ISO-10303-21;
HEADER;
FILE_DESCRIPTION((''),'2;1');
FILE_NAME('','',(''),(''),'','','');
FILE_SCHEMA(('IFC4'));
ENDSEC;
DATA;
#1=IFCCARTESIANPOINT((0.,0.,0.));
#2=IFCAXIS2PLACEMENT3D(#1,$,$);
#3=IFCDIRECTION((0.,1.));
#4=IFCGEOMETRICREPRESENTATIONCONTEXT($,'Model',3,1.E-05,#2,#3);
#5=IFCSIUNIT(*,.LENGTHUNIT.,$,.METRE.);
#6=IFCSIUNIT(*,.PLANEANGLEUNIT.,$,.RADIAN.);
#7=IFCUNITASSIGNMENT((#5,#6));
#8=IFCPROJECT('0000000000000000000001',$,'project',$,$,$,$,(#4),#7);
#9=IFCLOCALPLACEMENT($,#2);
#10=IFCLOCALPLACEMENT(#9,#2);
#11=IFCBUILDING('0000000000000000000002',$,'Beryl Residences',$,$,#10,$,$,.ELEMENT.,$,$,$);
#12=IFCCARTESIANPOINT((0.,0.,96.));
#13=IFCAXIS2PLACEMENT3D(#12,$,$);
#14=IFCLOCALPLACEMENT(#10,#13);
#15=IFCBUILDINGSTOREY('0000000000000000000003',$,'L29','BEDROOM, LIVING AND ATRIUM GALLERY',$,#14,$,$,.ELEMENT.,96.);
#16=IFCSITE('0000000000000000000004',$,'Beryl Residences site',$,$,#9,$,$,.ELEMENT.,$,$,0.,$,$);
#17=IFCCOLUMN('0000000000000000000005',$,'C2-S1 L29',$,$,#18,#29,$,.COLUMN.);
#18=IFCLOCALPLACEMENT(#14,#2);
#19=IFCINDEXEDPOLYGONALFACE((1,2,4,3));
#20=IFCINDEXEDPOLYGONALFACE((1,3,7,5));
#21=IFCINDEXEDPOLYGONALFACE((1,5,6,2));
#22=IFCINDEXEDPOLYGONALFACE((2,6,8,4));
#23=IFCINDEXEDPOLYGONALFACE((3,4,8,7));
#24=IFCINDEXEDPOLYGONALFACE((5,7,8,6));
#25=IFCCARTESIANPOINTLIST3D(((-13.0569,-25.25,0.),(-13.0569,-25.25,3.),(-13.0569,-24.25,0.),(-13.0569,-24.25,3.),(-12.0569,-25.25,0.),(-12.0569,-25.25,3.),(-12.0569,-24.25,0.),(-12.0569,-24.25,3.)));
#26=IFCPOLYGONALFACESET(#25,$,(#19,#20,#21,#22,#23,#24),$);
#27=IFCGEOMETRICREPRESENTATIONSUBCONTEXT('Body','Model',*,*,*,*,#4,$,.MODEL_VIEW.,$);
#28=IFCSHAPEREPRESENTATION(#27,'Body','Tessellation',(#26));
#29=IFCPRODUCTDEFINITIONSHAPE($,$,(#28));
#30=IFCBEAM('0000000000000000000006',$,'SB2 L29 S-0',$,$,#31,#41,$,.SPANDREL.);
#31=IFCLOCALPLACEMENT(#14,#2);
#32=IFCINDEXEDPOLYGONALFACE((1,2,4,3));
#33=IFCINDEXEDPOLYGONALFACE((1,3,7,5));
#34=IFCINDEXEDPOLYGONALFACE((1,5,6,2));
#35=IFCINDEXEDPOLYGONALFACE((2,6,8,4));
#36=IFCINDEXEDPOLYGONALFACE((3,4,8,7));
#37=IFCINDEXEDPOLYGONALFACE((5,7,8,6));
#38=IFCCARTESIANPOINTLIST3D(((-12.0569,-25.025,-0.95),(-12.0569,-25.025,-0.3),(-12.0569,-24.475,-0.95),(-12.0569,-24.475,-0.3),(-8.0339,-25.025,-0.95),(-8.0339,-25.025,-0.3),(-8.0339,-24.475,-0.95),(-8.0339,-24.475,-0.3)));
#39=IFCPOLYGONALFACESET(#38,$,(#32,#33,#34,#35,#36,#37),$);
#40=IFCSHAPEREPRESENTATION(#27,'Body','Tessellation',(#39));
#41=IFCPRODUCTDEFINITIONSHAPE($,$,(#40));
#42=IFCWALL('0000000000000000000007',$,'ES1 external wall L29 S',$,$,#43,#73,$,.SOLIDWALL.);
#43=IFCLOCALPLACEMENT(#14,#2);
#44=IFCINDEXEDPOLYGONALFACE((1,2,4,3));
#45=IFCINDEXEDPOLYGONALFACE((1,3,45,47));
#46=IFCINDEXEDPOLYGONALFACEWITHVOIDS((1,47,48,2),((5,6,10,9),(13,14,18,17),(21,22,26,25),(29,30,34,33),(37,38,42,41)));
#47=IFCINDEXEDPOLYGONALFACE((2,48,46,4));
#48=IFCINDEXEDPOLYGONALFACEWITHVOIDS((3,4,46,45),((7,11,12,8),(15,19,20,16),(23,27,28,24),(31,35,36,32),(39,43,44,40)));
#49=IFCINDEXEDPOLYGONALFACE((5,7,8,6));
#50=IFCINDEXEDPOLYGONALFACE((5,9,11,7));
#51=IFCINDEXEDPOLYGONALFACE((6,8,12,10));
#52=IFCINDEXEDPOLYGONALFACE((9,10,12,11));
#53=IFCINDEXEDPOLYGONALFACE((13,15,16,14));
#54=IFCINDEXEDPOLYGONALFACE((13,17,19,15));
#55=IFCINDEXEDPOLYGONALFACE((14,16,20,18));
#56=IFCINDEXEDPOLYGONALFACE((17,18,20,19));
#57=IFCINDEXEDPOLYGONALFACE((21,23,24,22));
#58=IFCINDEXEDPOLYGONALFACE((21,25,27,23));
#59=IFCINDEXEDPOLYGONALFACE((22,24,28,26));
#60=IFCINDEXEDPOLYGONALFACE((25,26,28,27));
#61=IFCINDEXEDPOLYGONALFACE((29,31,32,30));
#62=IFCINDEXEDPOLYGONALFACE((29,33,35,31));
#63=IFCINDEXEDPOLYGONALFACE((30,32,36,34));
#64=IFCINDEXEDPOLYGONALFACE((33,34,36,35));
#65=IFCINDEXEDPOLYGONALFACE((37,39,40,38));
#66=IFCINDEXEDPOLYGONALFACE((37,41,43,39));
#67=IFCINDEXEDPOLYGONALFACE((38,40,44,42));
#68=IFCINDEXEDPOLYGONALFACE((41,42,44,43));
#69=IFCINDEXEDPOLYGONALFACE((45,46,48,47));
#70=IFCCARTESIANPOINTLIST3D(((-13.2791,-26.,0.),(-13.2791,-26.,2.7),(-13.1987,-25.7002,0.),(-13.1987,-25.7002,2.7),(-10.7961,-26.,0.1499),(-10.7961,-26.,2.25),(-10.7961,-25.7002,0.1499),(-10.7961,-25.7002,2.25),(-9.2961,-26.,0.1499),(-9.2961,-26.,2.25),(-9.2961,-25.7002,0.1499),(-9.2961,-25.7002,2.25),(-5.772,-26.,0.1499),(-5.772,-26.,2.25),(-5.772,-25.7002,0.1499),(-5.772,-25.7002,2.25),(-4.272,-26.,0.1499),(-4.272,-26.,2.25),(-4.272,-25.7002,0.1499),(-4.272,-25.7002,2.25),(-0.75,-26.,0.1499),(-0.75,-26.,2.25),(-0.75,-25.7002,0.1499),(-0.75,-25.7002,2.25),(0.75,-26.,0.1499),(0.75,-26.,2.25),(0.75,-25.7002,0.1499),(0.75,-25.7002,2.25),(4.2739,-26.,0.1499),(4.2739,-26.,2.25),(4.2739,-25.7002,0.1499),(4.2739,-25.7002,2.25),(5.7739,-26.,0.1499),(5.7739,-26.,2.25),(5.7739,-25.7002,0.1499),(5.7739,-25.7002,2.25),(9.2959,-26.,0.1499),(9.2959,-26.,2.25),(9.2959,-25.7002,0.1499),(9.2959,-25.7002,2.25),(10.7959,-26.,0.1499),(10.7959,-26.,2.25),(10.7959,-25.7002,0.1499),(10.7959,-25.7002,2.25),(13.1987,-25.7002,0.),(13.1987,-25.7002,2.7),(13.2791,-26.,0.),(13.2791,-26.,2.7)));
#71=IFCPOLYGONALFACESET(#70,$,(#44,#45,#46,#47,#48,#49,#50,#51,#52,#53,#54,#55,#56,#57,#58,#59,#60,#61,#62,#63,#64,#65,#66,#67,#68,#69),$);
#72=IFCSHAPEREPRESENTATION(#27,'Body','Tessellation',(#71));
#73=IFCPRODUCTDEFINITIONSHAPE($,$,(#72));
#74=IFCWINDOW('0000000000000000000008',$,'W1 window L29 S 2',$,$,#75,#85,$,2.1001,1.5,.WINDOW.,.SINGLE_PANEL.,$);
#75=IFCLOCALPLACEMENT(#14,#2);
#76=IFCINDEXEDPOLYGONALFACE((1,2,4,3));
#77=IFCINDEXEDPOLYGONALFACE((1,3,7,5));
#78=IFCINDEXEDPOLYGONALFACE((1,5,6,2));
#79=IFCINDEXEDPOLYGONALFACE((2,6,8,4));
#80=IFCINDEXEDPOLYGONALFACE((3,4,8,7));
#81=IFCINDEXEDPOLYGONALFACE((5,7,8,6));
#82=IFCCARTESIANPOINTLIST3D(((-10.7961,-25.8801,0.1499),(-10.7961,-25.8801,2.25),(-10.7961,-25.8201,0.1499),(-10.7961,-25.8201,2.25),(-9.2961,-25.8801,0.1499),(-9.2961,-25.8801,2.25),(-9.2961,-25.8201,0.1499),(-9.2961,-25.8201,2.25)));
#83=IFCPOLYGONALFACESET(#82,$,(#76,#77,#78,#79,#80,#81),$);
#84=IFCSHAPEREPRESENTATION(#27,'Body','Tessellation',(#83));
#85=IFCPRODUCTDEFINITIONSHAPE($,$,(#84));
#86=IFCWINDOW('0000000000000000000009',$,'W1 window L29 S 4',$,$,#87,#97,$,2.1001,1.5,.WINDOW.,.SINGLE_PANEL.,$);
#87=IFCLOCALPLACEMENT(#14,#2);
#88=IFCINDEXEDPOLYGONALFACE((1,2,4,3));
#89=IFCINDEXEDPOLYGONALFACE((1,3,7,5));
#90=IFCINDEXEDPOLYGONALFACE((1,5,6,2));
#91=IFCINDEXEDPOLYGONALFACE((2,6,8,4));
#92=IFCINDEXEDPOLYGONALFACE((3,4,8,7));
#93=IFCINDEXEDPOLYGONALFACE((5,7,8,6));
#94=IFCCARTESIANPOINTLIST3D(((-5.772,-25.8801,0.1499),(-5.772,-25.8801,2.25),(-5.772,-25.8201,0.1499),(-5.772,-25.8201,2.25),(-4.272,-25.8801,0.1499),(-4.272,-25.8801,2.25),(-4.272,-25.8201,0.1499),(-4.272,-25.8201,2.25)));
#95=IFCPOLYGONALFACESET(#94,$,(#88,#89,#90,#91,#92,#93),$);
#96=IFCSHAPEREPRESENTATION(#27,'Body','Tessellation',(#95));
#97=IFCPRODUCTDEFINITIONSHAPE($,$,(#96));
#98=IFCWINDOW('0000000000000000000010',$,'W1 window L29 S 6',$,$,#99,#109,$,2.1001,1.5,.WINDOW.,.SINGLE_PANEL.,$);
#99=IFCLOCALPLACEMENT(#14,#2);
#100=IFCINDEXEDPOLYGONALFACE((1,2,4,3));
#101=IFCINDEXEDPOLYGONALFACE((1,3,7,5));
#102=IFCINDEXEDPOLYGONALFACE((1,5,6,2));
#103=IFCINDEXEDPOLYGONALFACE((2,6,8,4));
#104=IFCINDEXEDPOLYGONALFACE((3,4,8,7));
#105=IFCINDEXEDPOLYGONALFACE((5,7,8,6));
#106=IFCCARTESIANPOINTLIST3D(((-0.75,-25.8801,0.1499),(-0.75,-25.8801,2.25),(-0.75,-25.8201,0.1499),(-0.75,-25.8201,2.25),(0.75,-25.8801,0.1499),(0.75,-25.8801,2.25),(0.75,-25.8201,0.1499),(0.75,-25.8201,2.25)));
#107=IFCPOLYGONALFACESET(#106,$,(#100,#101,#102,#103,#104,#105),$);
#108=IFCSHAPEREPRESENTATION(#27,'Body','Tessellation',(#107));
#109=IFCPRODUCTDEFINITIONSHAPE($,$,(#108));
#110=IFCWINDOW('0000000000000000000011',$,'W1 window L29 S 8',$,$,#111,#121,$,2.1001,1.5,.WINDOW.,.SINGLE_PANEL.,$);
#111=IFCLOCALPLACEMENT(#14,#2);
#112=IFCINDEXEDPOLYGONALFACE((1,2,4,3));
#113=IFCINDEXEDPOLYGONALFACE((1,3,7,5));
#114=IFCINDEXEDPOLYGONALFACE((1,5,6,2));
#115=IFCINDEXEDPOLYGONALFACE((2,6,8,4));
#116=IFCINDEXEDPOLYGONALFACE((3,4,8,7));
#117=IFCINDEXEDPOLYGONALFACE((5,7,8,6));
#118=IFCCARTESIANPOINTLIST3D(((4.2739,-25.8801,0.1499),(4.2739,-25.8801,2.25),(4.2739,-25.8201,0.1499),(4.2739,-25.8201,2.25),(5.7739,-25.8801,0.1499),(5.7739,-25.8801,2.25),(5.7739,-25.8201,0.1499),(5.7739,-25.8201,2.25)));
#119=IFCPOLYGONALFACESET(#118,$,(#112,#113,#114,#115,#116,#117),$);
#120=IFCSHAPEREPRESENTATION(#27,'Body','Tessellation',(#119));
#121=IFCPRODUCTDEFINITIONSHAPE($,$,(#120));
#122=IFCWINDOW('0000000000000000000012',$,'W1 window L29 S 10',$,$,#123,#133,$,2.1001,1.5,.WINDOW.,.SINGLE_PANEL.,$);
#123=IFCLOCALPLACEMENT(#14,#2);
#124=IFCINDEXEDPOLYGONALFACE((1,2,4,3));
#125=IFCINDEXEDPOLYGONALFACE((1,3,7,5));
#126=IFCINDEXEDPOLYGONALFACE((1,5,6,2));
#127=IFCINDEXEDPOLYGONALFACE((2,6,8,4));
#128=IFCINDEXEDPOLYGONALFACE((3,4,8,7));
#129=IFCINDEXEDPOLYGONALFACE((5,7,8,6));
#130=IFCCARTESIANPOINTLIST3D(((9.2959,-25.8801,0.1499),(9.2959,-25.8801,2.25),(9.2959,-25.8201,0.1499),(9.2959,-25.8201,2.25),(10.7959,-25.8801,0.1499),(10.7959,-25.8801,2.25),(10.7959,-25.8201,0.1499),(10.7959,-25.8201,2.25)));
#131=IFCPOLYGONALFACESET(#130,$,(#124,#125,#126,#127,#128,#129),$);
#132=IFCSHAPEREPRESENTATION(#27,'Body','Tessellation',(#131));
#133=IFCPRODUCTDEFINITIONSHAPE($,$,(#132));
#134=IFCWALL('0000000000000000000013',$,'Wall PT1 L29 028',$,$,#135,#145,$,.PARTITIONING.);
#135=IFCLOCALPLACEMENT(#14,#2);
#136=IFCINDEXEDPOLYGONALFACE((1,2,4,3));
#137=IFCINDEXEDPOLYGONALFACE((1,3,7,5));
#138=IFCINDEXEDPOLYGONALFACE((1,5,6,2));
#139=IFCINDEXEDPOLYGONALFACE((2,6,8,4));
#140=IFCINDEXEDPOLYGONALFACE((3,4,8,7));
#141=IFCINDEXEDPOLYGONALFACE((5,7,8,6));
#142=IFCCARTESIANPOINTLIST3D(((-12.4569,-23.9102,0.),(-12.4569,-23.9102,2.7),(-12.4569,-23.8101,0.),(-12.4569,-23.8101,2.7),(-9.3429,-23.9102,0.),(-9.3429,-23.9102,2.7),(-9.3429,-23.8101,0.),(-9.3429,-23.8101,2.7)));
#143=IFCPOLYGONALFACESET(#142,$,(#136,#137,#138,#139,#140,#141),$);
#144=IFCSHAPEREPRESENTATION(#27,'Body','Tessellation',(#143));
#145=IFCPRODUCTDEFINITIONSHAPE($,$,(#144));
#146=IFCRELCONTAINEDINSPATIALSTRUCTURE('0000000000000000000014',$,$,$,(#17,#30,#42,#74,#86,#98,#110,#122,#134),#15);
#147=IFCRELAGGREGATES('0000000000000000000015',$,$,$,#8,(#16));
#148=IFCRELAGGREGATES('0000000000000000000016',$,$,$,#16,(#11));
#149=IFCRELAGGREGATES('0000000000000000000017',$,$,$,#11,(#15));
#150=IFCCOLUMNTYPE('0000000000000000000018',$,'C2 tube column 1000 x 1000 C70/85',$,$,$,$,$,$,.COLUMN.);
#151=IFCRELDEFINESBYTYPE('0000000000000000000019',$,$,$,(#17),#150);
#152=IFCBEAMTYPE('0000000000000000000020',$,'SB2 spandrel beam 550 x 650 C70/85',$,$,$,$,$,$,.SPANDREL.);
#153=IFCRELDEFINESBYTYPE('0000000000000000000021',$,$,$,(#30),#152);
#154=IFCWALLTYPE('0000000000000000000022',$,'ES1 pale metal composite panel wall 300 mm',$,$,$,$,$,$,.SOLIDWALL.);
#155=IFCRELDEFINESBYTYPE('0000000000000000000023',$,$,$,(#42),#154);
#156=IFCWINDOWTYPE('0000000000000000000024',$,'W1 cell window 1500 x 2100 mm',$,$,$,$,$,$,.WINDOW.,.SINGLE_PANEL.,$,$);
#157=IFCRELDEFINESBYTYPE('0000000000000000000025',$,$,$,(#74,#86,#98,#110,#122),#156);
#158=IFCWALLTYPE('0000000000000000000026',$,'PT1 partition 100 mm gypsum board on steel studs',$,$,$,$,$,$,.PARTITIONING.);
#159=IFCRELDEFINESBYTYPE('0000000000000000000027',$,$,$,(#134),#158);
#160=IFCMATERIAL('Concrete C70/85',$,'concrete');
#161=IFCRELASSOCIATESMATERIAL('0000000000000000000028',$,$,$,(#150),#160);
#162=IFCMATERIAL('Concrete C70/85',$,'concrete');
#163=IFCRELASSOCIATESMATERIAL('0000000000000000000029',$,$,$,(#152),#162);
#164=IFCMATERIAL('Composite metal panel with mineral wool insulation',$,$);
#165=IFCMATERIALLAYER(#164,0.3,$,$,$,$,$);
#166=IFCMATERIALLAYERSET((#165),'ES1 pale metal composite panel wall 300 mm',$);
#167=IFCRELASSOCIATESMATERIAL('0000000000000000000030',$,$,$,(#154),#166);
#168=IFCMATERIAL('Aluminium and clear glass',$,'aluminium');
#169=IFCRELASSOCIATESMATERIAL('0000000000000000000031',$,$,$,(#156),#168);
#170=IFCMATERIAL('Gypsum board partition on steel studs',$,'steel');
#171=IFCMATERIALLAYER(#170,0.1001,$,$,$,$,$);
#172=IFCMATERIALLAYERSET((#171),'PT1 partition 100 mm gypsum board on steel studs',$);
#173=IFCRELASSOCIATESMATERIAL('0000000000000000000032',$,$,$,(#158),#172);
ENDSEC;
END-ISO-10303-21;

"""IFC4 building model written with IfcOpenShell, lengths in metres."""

from ifc_helpers import new_model, si_unit, direction, frame, frame_2d, origin, origin_2d, place, context, subcontext, project, spatial, polyline, rectangle, outline, extrude, material, layer, layer_set, material_profile, profile_set, type_object, element, fill, save


model = new_model("IFC4")

# Units and contexts
model_context = context("Model", 3, precision=1e-05, world=origin(), true_north=direction((0.0, 1.0)))
body_context = subcontext(model_context, "Body", "Model", "MODEL_VIEW")
ifc_project = project(units=[si_unit("LENGTHUNIT", "METRE"), si_unit("PLANEANGLEUNIT", "RADIAN")], contexts=[model_context])

# Site, building, storey
site_placement = place(None, origin())
site = spatial("IfcSite", under=ifc_project, at=site_placement, Name="Beryl Residences site", CompositionType="ELEMENT", RefElevation=0.0)
building_placement = place(site_placement, origin())
building = spatial("IfcBuilding", under=site, at=building_placement, Name="Beryl Residences", CompositionType="ELEMENT")
storey_placement = place(building_placement, frame((0.0, 0.0, 96.0)))
storey = spatial("IfcBuildingStorey", under=building, at=storey_placement, Name="L29", Description="BEDROOM, LIVING AND ATRIUM GALLERY", CompositionType="ELEMENT", Elevation=96.0)

# Column
ifc_material_1 = material(Name="Concrete C70/85", Category="concrete")
ifc_material_profile_1 = material_profile(ifc_material_1, rectangle(XDim=1.0, YDim=1.0, at=origin_2d()))
ifc_profile_set_1 = profile_set([ifc_material_profile_1], Name="Concrete C70/85")
column_type = type_object("IfcColumnType", Name="C2 tube column 1000 x 1000 C70/85", PredefinedType="COLUMN", material=ifc_profile_set_1)
column_placement = place(storey_placement, frame((-12.5569, -24.75, 0.0), z_axis=(0.0, 0.0, 1.0), x_axis=(1.0, 0.0, 0.0)))
element("IfcColumn", 1, at=column_placement, inside=storey, type_object=column_type, Name="C2-S1 L29", PredefinedType="COLUMN", context=body_context, shape_type="SweptSolid", body=[
    extrude(rectangle(XDim=1.0, YDim=1.0, at=origin_2d()), origin(), (0.0, 0.0, 1.0), 3.0),
])

# Beam
ifc_material_2 = material(Name="Concrete C70/85", Category="concrete")
ifc_material_profile_2 = material_profile(ifc_material_2, rectangle(XDim=0.55, YDim=0.6499, at=origin_2d()))
ifc_profile_set_2 = profile_set([ifc_material_profile_2], Name="Concrete C70/85")
beam_type = type_object("IfcBeamType", Name="SB2 spandrel beam 550 x 650 C70/85", PredefinedType="SPANDREL", material=ifc_profile_set_2)
beam_placement = place(storey_placement, frame((-12.0569, -24.75, -0.625), z_axis=(1.0, 0.0, 0.0), x_axis=(0.0, 1.0, 0.0)))
element("IfcBeam", 2, at=beam_placement, inside=storey, type_object=beam_type, Name="SB2 L29 S-0", PredefinedType="SPANDREL", context=body_context, shape_type="SweptSolid", body=[
    extrude(rectangle(XDim=0.55, YDim=0.6499, at=origin_2d()), origin(), (0.0, 0.0, 1.0), 4.0229),
])

# Wall, openings, windows
ifc_material_3 = material(Name="Composite metal panel with mineral wool insulation")
ifc_layer_1 = layer(ifc_material_3, 0.3)
ifc_layer_set_1 = layer_set([ifc_layer_1], Name="ES1 pale metal composite panel wall 300 mm")
wall_type_1 = type_object("IfcWallType", Name="ES1 pale metal composite panel wall 300 mm", PredefinedType="SOLIDWALL", material=ifc_layer_set_1)
wall_1_placement = place(storey_placement, frame((-13.2791, -25.8501, 0.0), z_axis=(0.0, 0.0, 1.0), x_axis=(1.0, 0.0, 0.0)))
wall_1 = element("IfcWall", 3, at=wall_1_placement, inside=storey, type_object=wall_type_1, Name="ES1 external wall L29 S", PredefinedType="SOLIDWALL", context=body_context, shape_type="SweptSolid", body=[
    extrude(outline(polyline([(0.0, -0.1499), (26.5581, -0.1499), (26.4778, 0.1499), (0.0803, 0.1499), (0.0, -0.1499)])), origin(), (0.0, 0.0, 1.0), 2.7),
])
opening_1_placement = place(wall_1_placement, frame((2.4829, 0.0, 0.1499)))
opening_1 = element("IfcOpeningElement", 4, at=opening_1_placement, cuts=wall_1, PredefinedType="OPENING", context=body_context, shape_type="SweptSolid", body=[
    extrude(rectangle(XDim=1.5, YDim=2.1001, at=frame_2d((0.75, 1.05))), frame((0.0, 0.1599, 0.0), z_axis=(0.0, -1.0, 0.0), x_axis=(1.0, 0.0, 0.0)), (0.0, 0.0, 1.0), 0.3201),
])
opening_2_placement = place(wall_1_placement, frame((7.5071, 0.0, 0.1499)))
opening_2 = element("IfcOpeningElement", 5, at=opening_2_placement, cuts=wall_1, PredefinedType="OPENING", context=body_context, shape_type="SweptSolid", body=[
    extrude(rectangle(XDim=1.5, YDim=2.1001, at=frame_2d((0.75, 1.05))), frame((0.0, 0.1599, 0.0), z_axis=(0.0, -1.0, 0.0), x_axis=(1.0, 0.0, 0.0)), (0.0, 0.0, 1.0), 0.3201),
])
opening_3_placement = place(wall_1_placement, frame((12.5291, 0.0, 0.1499)))
opening_3 = element("IfcOpeningElement", 6, at=opening_3_placement, cuts=wall_1, PredefinedType="OPENING", context=body_context, shape_type="SweptSolid", body=[
    extrude(rectangle(XDim=1.5, YDim=2.1001, at=frame_2d((0.75, 1.05))), frame((0.0, 0.1599, 0.0), z_axis=(0.0, -1.0, 0.0), x_axis=(1.0, 0.0, 0.0)), (0.0, 0.0, 1.0), 0.3201),
])
opening_4_placement = place(wall_1_placement, frame((17.553, 0.0, 0.1499)))
opening_4 = element("IfcOpeningElement", 7, at=opening_4_placement, cuts=wall_1, PredefinedType="OPENING", context=body_context, shape_type="SweptSolid", body=[
    extrude(rectangle(XDim=1.5, YDim=2.1001, at=frame_2d((0.75, 1.05))), frame((0.0, 0.1599, 0.0), z_axis=(0.0, -1.0, 0.0), x_axis=(1.0, 0.0, 0.0)), (0.0, 0.0, 1.0), 0.3201),
])
opening_5_placement = place(wall_1_placement, frame((22.575, 0.0, 0.1499)))
opening_5 = element("IfcOpeningElement", 8, at=opening_5_placement, cuts=wall_1, PredefinedType="OPENING", context=body_context, shape_type="SweptSolid", body=[
    extrude(rectangle(XDim=1.5, YDim=2.1001, at=frame_2d((0.75, 1.05))), frame((0.0, 0.1599, 0.0), z_axis=(0.0, -1.0, 0.0), x_axis=(1.0, 0.0, 0.0)), (0.0, 0.0, 1.0), 0.3201),
])
ifc_material_4 = material(Name="Aluminium and clear glass", Category="aluminium")
window_type = type_object("IfcWindowType", Name="W1 cell window 1500 x 2100 mm", PartitioningType="SINGLE_PANEL", PredefinedType="WINDOW", material=ifc_material_4)
window_1_placement = place(opening_1_placement, origin())
window_1 = element("IfcWindow", 9, at=window_1_placement, inside=storey, type_object=window_type, Name="W1 window L29 S 2", OverallHeight=2.1001, OverallWidth=1.5, PartitioningType="SINGLE_PANEL", PredefinedType="WINDOW", context=body_context, shape_type="SweptSolid", body=[
    extrude(rectangle(XDim=1.5, YDim=2.1001, at=frame_2d((0.75, 1.05))), frame((0.0, 0.03, 0.0), z_axis=(0.0, -1.0, 0.0), x_axis=(1.0, 0.0, 0.0)), (0.0, 0.0, 1.0), 0.0601),
])
fill(opening_1, window_1)
window_2_placement = place(opening_2_placement, origin())
window_2 = element("IfcWindow", 10, at=window_2_placement, inside=storey, type_object=window_type, Name="W1 window L29 S 4", OverallHeight=2.1001, OverallWidth=1.5, PartitioningType="SINGLE_PANEL", PredefinedType="WINDOW", context=body_context, shape_type="SweptSolid", body=[
    extrude(rectangle(XDim=1.5, YDim=2.1001, at=frame_2d((0.75, 1.05))), frame((0.0, 0.03, 0.0), z_axis=(0.0, -1.0, 0.0), x_axis=(1.0, 0.0, 0.0)), (0.0, 0.0, 1.0), 0.0601),
])
fill(opening_2, window_2)
window_3_placement = place(opening_3_placement, origin())
window_3 = element("IfcWindow", 11, at=window_3_placement, inside=storey, type_object=window_type, Name="W1 window L29 S 6", OverallHeight=2.1001, OverallWidth=1.5, PartitioningType="SINGLE_PANEL", PredefinedType="WINDOW", context=body_context, shape_type="SweptSolid", body=[
    extrude(rectangle(XDim=1.5, YDim=2.1001, at=frame_2d((0.75, 1.05))), frame((0.0, 0.03, 0.0), z_axis=(0.0, -1.0, 0.0), x_axis=(1.0, 0.0, 0.0)), (0.0, 0.0, 1.0), 0.0601),
])
fill(opening_3, window_3)
window_4_placement = place(opening_4_placement, origin())
window_4 = element("IfcWindow", 12, at=window_4_placement, inside=storey, type_object=window_type, Name="W1 window L29 S 8", OverallHeight=2.1001, OverallWidth=1.5, PartitioningType="SINGLE_PANEL", PredefinedType="WINDOW", context=body_context, shape_type="SweptSolid", body=[
    extrude(rectangle(XDim=1.5, YDim=2.1001, at=frame_2d((0.75, 1.05))), frame((0.0, 0.03, 0.0), z_axis=(0.0, -1.0, 0.0), x_axis=(1.0, 0.0, 0.0)), (0.0, 0.0, 1.0), 0.0601),
])
fill(opening_4, window_4)
window_5_placement = place(opening_5_placement, origin())
window_5 = element("IfcWindow", 13, at=window_5_placement, inside=storey, type_object=window_type, Name="W1 window L29 S 10", OverallHeight=2.1001, OverallWidth=1.5, PartitioningType="SINGLE_PANEL", PredefinedType="WINDOW", context=body_context, shape_type="SweptSolid", body=[
    extrude(rectangle(XDim=1.5, YDim=2.1001, at=frame_2d((0.75, 1.05))), frame((0.0, 0.03, 0.0), z_axis=(0.0, -1.0, 0.0), x_axis=(1.0, 0.0, 0.0)), (0.0, 0.0, 1.0), 0.0601),
])
fill(opening_5, window_5)

# Wall
ifc_material_5 = material(Name="Gypsum board partition on steel studs", Category="steel")
ifc_layer_2 = layer(ifc_material_5, 0.1001)
ifc_layer_set_2 = layer_set([ifc_layer_2], Name="PT1 partition 100 mm gypsum board on steel studs")
wall_type_2 = type_object("IfcWallType", Name="PT1 partition 100 mm gypsum board on steel studs", PredefinedType="PARTITIONING", material=ifc_layer_set_2)
wall_2_placement = place(storey_placement, frame((-12.457, -23.8601, 0.0), z_axis=(0.0, 0.0, 1.0), x_axis=(1.0, 0.0, 0.0)))
element("IfcWall", 14, at=wall_2_placement, inside=storey, type_object=wall_type_2, Name="Wall PT1 L29 028", PredefinedType="PARTITIONING", context=body_context, shape_type="SweptSolid", body=[
    extrude(rectangle(XDim=3.114, YDim=0.1001, at=frame_2d((1.5571, 0.0))), origin(), (0.0, 0.0, 1.0), 2.7),
])

save(model, "model.ifc")
